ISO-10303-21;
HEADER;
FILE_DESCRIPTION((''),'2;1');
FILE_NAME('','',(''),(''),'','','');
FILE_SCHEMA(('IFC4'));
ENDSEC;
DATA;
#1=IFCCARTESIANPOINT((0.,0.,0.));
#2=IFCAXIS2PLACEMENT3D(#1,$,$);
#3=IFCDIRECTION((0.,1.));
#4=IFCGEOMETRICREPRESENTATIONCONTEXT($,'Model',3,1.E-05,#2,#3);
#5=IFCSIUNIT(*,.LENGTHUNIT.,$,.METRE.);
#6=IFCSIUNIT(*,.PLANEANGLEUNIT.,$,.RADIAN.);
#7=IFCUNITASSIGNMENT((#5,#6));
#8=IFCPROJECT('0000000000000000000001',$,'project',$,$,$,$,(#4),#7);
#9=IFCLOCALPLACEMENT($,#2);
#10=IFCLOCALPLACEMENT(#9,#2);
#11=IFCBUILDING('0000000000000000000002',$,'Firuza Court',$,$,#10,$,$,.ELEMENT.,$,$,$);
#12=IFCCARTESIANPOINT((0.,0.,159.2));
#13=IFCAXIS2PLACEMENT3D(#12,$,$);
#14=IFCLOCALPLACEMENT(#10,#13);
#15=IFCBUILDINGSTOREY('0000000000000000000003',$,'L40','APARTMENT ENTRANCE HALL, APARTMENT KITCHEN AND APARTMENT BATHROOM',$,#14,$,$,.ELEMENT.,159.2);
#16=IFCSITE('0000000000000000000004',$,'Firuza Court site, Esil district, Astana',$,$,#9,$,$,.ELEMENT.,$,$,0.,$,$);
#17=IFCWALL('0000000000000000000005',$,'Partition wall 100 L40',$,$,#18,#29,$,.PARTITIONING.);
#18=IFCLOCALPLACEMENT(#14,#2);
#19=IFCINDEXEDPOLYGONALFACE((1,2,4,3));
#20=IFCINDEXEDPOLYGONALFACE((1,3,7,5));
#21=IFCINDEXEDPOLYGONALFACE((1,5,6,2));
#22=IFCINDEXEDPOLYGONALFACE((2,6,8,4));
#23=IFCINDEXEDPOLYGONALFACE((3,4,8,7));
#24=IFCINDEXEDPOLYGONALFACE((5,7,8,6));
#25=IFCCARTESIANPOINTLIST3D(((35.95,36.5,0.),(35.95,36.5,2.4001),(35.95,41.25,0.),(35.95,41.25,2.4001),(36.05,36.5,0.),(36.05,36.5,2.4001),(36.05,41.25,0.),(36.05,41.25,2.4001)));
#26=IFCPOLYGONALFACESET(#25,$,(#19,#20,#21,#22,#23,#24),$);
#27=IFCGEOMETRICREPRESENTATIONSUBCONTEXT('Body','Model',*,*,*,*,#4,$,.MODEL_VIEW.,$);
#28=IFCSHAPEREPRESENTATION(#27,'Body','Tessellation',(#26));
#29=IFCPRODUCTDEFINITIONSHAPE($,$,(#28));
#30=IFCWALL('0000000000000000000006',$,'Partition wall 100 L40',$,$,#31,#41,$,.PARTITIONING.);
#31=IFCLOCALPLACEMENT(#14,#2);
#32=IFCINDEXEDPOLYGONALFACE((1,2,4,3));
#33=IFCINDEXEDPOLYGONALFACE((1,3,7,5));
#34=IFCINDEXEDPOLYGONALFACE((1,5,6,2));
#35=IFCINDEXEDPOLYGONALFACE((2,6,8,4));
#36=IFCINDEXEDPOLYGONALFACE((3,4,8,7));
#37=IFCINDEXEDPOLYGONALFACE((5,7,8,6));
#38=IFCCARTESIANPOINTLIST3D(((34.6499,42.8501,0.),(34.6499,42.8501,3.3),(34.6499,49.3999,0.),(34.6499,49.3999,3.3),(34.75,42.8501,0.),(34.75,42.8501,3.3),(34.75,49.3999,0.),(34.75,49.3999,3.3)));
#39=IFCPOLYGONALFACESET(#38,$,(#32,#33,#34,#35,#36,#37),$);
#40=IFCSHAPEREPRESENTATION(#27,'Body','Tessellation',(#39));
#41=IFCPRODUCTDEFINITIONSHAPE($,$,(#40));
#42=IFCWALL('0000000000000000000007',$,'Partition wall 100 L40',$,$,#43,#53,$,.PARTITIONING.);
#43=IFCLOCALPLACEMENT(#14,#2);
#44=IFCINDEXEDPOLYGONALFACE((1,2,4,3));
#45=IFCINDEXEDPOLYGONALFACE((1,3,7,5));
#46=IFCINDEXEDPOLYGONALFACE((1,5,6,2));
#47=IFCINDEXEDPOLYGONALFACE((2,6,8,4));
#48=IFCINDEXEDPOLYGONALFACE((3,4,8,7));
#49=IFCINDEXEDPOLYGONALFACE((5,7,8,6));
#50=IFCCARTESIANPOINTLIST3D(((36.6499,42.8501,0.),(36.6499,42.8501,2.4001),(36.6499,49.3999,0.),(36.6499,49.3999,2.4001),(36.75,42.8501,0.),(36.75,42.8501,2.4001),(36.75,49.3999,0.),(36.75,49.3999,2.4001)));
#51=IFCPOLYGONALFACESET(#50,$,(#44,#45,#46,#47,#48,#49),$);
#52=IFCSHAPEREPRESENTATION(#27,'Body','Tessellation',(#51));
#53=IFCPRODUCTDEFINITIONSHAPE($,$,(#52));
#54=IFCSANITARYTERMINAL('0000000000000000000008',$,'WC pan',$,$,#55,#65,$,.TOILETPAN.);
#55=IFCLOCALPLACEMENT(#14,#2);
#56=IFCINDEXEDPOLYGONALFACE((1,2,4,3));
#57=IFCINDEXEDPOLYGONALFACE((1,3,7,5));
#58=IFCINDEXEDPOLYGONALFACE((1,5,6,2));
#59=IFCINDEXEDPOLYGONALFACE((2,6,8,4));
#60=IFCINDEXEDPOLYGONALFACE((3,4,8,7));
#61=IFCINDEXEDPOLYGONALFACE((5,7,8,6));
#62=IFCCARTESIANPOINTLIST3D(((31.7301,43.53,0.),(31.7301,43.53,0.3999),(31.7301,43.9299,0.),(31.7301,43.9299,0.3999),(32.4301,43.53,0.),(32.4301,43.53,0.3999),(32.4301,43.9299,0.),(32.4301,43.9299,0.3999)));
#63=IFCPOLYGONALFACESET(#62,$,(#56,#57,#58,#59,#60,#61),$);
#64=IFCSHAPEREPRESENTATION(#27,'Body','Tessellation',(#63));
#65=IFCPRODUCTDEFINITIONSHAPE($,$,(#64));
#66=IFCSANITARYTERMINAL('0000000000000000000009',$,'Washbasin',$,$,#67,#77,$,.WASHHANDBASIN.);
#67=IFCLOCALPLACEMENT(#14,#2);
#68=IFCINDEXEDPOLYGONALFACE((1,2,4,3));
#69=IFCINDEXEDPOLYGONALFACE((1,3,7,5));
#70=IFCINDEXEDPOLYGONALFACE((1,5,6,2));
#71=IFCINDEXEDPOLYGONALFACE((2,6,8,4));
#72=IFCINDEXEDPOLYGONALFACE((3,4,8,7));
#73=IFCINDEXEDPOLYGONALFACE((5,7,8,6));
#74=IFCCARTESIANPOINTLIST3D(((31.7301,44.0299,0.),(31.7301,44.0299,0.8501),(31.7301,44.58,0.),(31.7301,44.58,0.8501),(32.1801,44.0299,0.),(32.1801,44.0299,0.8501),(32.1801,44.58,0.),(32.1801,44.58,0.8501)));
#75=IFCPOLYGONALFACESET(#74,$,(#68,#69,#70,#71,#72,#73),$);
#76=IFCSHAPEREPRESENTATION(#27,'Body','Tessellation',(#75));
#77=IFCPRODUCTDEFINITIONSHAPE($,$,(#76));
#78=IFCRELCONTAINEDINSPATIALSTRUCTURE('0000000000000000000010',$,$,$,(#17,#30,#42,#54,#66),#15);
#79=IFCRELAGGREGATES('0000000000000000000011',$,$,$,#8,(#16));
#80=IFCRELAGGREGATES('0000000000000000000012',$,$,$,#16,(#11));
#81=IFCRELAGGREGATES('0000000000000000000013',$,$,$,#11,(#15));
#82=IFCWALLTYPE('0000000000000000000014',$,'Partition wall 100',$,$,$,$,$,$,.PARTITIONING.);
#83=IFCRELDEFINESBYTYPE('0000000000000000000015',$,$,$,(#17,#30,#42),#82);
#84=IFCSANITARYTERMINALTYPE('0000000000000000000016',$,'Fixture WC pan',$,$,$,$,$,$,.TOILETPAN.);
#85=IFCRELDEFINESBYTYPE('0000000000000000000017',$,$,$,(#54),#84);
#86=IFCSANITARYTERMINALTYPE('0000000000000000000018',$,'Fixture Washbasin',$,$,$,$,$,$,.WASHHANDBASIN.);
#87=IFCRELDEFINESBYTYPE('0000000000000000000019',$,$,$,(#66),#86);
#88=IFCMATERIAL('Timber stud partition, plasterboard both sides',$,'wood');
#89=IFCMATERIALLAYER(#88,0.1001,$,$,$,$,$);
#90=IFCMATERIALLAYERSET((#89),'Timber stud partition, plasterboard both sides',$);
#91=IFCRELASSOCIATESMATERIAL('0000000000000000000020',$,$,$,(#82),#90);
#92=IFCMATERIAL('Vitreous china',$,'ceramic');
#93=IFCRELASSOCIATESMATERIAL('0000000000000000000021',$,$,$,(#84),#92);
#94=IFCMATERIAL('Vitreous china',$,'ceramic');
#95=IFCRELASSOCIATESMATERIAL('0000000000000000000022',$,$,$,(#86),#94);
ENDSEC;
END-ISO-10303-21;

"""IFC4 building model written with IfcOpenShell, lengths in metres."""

from ifc_helpers import new_model, si_unit, direction, frame, frame_2d, origin, origin_2d, place, context, subcontext, project, spatial, rectangle, extrude, material, layer, layer_set, type_object, element, save


model = new_model("IFC4")

# Units and contexts
model_context = context("Model", 3, precision=1e-05, world=origin(), true_north=direction((0.0, 1.0)))
body_context = subcontext(model_context, "Body", "Model", "MODEL_VIEW")
ifc_project = project(units=[si_unit("LENGTHUNIT", "METRE"), si_unit("PLANEANGLEUNIT", "RADIAN")], contexts=[model_context])

# Site, building, storey
site_placement = place(None, origin())
site = spatial("IfcSite", under=ifc_project, at=site_placement, Name="Firuza Court site, Esil district, Astana", CompositionType="ELEMENT", RefElevation=0.0)
building_placement = place(site_placement, origin())
building = spatial("IfcBuilding", under=site, at=building_placement, Name="Firuza Court", CompositionType="ELEMENT")
storey_placement = place(building_placement, frame((0.0, 0.0, 159.2)))
storey = spatial("IfcBuildingStorey", under=building, at=storey_placement, Name="L40", Description="APARTMENT ENTRANCE HALL, APARTMENT KITCHEN AND APARTMENT BATHROOM", CompositionType="ELEMENT", Elevation=159.2)

# Walls
ifc_material_1 = material(Name="Timber stud partition, plasterboard both sides", Category="wood")
ifc_layer_1 = layer(ifc_material_1, 0.1001)
ifc_layer_set_1 = layer_set([ifc_layer_1], Name="Timber stud partition, plasterboard both sides")
wall_type_1 = type_object("IfcWallType", Name="Partition wall 100", PredefinedType="PARTITIONING", material=ifc_layer_set_1)
wall_1_placement = place(storey_placement, frame((36.0, 36.5, 0.0), z_axis=(0.0, 0.0, 1.0), x_axis=(0.0, 1.0, 0.0)))
element("IfcWall", 1, at=wall_1_placement, inside=storey, type_object=wall_type_1, Name="Partition wall 100 L40", PredefinedType="PARTITIONING", context=body_context, shape_type="SweptSolid", body=[
    extrude(rectangle(XDim=4.75, YDim=0.1001, at=frame_2d((2.375, 0.0))), origin(), (0.0, 0.0, 1.0), 2.4001),
])
wall_2_placement = place(storey_placement, frame((34.7, 42.8501, 0.0), z_axis=(0.0, 0.0, 1.0), x_axis=(0.0, 1.0, 0.0)))
element("IfcWall", 2, at=wall_2_placement, inside=storey, type_object=wall_type_1, Name="Partition wall 100 L40", PredefinedType="PARTITIONING", context=body_context, shape_type="SweptSolid", body=[
    extrude(rectangle(XDim=6.5498, YDim=0.1001, at=frame_2d((3.2749, 0.0))), origin(), (0.0, 0.0, 1.0), 3.3),
])
wall_3_placement = place(storey_placement, frame((36.7, 42.8501, 0.0), z_axis=(0.0, 0.0, 1.0), x_axis=(0.0, 1.0, 0.0)))
element("IfcWall", 3, at=wall_3_placement, inside=storey, type_object=wall_type_1, Name="Partition wall 100 L40", PredefinedType="PARTITIONING", context=body_context, shape_type="SweptSolid", body=[
    extrude(rectangle(XDim=6.5498, YDim=0.1001, at=frame_2d((3.2749, 0.0))), origin(), (0.0, 0.0, 1.0), 2.4001),
])

# Sanitary terminals
ifc_material_2 = material(Name="Vitreous china", Category="ceramic")
sanitary_terminal_type_1 = type_object("IfcSanitaryTerminalType", Name="Fixture WC pan", PredefinedType="TOILETPAN", material=ifc_material_2)
sanitary_terminal_1_placement = place(storey_placement, frame((32.0801, 43.73, 0.0), z_axis=(0.0, 0.0, 1.0), x_axis=(1.0, 0.0, 0.0)))
element("IfcSanitaryTerminal", 4, at=sanitary_terminal_1_placement, inside=storey, type_object=sanitary_terminal_type_1, Name="WC pan", PredefinedType="TOILETPAN", context=body_context, shape_type="SweptSolid", body=[
    extrude(rectangle(XDim=0.7, YDim=0.3999, at=origin_2d()), origin(), (0.0, 0.0, 1.0), 0.3999),
])
ifc_material_3 = material(Name="Vitreous china", Category="ceramic")
sanitary_terminal_type_2 = type_object("IfcSanitaryTerminalType", Name="Fixture Washbasin", PredefinedType="WASHHANDBASIN", material=ifc_material_3)
sanitary_terminal_2_placement = place(storey_placement, frame((31.9551, 44.3049, 0.0), z_axis=(0.0, 0.0, 1.0), x_axis=(1.0, 0.0, 0.0)))
element("IfcSanitaryTerminal", 5, at=sanitary_terminal_2_placement, inside=storey, type_object=sanitary_terminal_type_2, Name="Washbasin", PredefinedType="WASHHANDBASIN", context=body_context, shape_type="SweptSolid", body=[
    extrude(rectangle(XDim=0.45, YDim=0.55, at=origin_2d()), origin(), (0.0, 0.0, 1.0), 0.8501),
])

save(model, "model.ifc")
